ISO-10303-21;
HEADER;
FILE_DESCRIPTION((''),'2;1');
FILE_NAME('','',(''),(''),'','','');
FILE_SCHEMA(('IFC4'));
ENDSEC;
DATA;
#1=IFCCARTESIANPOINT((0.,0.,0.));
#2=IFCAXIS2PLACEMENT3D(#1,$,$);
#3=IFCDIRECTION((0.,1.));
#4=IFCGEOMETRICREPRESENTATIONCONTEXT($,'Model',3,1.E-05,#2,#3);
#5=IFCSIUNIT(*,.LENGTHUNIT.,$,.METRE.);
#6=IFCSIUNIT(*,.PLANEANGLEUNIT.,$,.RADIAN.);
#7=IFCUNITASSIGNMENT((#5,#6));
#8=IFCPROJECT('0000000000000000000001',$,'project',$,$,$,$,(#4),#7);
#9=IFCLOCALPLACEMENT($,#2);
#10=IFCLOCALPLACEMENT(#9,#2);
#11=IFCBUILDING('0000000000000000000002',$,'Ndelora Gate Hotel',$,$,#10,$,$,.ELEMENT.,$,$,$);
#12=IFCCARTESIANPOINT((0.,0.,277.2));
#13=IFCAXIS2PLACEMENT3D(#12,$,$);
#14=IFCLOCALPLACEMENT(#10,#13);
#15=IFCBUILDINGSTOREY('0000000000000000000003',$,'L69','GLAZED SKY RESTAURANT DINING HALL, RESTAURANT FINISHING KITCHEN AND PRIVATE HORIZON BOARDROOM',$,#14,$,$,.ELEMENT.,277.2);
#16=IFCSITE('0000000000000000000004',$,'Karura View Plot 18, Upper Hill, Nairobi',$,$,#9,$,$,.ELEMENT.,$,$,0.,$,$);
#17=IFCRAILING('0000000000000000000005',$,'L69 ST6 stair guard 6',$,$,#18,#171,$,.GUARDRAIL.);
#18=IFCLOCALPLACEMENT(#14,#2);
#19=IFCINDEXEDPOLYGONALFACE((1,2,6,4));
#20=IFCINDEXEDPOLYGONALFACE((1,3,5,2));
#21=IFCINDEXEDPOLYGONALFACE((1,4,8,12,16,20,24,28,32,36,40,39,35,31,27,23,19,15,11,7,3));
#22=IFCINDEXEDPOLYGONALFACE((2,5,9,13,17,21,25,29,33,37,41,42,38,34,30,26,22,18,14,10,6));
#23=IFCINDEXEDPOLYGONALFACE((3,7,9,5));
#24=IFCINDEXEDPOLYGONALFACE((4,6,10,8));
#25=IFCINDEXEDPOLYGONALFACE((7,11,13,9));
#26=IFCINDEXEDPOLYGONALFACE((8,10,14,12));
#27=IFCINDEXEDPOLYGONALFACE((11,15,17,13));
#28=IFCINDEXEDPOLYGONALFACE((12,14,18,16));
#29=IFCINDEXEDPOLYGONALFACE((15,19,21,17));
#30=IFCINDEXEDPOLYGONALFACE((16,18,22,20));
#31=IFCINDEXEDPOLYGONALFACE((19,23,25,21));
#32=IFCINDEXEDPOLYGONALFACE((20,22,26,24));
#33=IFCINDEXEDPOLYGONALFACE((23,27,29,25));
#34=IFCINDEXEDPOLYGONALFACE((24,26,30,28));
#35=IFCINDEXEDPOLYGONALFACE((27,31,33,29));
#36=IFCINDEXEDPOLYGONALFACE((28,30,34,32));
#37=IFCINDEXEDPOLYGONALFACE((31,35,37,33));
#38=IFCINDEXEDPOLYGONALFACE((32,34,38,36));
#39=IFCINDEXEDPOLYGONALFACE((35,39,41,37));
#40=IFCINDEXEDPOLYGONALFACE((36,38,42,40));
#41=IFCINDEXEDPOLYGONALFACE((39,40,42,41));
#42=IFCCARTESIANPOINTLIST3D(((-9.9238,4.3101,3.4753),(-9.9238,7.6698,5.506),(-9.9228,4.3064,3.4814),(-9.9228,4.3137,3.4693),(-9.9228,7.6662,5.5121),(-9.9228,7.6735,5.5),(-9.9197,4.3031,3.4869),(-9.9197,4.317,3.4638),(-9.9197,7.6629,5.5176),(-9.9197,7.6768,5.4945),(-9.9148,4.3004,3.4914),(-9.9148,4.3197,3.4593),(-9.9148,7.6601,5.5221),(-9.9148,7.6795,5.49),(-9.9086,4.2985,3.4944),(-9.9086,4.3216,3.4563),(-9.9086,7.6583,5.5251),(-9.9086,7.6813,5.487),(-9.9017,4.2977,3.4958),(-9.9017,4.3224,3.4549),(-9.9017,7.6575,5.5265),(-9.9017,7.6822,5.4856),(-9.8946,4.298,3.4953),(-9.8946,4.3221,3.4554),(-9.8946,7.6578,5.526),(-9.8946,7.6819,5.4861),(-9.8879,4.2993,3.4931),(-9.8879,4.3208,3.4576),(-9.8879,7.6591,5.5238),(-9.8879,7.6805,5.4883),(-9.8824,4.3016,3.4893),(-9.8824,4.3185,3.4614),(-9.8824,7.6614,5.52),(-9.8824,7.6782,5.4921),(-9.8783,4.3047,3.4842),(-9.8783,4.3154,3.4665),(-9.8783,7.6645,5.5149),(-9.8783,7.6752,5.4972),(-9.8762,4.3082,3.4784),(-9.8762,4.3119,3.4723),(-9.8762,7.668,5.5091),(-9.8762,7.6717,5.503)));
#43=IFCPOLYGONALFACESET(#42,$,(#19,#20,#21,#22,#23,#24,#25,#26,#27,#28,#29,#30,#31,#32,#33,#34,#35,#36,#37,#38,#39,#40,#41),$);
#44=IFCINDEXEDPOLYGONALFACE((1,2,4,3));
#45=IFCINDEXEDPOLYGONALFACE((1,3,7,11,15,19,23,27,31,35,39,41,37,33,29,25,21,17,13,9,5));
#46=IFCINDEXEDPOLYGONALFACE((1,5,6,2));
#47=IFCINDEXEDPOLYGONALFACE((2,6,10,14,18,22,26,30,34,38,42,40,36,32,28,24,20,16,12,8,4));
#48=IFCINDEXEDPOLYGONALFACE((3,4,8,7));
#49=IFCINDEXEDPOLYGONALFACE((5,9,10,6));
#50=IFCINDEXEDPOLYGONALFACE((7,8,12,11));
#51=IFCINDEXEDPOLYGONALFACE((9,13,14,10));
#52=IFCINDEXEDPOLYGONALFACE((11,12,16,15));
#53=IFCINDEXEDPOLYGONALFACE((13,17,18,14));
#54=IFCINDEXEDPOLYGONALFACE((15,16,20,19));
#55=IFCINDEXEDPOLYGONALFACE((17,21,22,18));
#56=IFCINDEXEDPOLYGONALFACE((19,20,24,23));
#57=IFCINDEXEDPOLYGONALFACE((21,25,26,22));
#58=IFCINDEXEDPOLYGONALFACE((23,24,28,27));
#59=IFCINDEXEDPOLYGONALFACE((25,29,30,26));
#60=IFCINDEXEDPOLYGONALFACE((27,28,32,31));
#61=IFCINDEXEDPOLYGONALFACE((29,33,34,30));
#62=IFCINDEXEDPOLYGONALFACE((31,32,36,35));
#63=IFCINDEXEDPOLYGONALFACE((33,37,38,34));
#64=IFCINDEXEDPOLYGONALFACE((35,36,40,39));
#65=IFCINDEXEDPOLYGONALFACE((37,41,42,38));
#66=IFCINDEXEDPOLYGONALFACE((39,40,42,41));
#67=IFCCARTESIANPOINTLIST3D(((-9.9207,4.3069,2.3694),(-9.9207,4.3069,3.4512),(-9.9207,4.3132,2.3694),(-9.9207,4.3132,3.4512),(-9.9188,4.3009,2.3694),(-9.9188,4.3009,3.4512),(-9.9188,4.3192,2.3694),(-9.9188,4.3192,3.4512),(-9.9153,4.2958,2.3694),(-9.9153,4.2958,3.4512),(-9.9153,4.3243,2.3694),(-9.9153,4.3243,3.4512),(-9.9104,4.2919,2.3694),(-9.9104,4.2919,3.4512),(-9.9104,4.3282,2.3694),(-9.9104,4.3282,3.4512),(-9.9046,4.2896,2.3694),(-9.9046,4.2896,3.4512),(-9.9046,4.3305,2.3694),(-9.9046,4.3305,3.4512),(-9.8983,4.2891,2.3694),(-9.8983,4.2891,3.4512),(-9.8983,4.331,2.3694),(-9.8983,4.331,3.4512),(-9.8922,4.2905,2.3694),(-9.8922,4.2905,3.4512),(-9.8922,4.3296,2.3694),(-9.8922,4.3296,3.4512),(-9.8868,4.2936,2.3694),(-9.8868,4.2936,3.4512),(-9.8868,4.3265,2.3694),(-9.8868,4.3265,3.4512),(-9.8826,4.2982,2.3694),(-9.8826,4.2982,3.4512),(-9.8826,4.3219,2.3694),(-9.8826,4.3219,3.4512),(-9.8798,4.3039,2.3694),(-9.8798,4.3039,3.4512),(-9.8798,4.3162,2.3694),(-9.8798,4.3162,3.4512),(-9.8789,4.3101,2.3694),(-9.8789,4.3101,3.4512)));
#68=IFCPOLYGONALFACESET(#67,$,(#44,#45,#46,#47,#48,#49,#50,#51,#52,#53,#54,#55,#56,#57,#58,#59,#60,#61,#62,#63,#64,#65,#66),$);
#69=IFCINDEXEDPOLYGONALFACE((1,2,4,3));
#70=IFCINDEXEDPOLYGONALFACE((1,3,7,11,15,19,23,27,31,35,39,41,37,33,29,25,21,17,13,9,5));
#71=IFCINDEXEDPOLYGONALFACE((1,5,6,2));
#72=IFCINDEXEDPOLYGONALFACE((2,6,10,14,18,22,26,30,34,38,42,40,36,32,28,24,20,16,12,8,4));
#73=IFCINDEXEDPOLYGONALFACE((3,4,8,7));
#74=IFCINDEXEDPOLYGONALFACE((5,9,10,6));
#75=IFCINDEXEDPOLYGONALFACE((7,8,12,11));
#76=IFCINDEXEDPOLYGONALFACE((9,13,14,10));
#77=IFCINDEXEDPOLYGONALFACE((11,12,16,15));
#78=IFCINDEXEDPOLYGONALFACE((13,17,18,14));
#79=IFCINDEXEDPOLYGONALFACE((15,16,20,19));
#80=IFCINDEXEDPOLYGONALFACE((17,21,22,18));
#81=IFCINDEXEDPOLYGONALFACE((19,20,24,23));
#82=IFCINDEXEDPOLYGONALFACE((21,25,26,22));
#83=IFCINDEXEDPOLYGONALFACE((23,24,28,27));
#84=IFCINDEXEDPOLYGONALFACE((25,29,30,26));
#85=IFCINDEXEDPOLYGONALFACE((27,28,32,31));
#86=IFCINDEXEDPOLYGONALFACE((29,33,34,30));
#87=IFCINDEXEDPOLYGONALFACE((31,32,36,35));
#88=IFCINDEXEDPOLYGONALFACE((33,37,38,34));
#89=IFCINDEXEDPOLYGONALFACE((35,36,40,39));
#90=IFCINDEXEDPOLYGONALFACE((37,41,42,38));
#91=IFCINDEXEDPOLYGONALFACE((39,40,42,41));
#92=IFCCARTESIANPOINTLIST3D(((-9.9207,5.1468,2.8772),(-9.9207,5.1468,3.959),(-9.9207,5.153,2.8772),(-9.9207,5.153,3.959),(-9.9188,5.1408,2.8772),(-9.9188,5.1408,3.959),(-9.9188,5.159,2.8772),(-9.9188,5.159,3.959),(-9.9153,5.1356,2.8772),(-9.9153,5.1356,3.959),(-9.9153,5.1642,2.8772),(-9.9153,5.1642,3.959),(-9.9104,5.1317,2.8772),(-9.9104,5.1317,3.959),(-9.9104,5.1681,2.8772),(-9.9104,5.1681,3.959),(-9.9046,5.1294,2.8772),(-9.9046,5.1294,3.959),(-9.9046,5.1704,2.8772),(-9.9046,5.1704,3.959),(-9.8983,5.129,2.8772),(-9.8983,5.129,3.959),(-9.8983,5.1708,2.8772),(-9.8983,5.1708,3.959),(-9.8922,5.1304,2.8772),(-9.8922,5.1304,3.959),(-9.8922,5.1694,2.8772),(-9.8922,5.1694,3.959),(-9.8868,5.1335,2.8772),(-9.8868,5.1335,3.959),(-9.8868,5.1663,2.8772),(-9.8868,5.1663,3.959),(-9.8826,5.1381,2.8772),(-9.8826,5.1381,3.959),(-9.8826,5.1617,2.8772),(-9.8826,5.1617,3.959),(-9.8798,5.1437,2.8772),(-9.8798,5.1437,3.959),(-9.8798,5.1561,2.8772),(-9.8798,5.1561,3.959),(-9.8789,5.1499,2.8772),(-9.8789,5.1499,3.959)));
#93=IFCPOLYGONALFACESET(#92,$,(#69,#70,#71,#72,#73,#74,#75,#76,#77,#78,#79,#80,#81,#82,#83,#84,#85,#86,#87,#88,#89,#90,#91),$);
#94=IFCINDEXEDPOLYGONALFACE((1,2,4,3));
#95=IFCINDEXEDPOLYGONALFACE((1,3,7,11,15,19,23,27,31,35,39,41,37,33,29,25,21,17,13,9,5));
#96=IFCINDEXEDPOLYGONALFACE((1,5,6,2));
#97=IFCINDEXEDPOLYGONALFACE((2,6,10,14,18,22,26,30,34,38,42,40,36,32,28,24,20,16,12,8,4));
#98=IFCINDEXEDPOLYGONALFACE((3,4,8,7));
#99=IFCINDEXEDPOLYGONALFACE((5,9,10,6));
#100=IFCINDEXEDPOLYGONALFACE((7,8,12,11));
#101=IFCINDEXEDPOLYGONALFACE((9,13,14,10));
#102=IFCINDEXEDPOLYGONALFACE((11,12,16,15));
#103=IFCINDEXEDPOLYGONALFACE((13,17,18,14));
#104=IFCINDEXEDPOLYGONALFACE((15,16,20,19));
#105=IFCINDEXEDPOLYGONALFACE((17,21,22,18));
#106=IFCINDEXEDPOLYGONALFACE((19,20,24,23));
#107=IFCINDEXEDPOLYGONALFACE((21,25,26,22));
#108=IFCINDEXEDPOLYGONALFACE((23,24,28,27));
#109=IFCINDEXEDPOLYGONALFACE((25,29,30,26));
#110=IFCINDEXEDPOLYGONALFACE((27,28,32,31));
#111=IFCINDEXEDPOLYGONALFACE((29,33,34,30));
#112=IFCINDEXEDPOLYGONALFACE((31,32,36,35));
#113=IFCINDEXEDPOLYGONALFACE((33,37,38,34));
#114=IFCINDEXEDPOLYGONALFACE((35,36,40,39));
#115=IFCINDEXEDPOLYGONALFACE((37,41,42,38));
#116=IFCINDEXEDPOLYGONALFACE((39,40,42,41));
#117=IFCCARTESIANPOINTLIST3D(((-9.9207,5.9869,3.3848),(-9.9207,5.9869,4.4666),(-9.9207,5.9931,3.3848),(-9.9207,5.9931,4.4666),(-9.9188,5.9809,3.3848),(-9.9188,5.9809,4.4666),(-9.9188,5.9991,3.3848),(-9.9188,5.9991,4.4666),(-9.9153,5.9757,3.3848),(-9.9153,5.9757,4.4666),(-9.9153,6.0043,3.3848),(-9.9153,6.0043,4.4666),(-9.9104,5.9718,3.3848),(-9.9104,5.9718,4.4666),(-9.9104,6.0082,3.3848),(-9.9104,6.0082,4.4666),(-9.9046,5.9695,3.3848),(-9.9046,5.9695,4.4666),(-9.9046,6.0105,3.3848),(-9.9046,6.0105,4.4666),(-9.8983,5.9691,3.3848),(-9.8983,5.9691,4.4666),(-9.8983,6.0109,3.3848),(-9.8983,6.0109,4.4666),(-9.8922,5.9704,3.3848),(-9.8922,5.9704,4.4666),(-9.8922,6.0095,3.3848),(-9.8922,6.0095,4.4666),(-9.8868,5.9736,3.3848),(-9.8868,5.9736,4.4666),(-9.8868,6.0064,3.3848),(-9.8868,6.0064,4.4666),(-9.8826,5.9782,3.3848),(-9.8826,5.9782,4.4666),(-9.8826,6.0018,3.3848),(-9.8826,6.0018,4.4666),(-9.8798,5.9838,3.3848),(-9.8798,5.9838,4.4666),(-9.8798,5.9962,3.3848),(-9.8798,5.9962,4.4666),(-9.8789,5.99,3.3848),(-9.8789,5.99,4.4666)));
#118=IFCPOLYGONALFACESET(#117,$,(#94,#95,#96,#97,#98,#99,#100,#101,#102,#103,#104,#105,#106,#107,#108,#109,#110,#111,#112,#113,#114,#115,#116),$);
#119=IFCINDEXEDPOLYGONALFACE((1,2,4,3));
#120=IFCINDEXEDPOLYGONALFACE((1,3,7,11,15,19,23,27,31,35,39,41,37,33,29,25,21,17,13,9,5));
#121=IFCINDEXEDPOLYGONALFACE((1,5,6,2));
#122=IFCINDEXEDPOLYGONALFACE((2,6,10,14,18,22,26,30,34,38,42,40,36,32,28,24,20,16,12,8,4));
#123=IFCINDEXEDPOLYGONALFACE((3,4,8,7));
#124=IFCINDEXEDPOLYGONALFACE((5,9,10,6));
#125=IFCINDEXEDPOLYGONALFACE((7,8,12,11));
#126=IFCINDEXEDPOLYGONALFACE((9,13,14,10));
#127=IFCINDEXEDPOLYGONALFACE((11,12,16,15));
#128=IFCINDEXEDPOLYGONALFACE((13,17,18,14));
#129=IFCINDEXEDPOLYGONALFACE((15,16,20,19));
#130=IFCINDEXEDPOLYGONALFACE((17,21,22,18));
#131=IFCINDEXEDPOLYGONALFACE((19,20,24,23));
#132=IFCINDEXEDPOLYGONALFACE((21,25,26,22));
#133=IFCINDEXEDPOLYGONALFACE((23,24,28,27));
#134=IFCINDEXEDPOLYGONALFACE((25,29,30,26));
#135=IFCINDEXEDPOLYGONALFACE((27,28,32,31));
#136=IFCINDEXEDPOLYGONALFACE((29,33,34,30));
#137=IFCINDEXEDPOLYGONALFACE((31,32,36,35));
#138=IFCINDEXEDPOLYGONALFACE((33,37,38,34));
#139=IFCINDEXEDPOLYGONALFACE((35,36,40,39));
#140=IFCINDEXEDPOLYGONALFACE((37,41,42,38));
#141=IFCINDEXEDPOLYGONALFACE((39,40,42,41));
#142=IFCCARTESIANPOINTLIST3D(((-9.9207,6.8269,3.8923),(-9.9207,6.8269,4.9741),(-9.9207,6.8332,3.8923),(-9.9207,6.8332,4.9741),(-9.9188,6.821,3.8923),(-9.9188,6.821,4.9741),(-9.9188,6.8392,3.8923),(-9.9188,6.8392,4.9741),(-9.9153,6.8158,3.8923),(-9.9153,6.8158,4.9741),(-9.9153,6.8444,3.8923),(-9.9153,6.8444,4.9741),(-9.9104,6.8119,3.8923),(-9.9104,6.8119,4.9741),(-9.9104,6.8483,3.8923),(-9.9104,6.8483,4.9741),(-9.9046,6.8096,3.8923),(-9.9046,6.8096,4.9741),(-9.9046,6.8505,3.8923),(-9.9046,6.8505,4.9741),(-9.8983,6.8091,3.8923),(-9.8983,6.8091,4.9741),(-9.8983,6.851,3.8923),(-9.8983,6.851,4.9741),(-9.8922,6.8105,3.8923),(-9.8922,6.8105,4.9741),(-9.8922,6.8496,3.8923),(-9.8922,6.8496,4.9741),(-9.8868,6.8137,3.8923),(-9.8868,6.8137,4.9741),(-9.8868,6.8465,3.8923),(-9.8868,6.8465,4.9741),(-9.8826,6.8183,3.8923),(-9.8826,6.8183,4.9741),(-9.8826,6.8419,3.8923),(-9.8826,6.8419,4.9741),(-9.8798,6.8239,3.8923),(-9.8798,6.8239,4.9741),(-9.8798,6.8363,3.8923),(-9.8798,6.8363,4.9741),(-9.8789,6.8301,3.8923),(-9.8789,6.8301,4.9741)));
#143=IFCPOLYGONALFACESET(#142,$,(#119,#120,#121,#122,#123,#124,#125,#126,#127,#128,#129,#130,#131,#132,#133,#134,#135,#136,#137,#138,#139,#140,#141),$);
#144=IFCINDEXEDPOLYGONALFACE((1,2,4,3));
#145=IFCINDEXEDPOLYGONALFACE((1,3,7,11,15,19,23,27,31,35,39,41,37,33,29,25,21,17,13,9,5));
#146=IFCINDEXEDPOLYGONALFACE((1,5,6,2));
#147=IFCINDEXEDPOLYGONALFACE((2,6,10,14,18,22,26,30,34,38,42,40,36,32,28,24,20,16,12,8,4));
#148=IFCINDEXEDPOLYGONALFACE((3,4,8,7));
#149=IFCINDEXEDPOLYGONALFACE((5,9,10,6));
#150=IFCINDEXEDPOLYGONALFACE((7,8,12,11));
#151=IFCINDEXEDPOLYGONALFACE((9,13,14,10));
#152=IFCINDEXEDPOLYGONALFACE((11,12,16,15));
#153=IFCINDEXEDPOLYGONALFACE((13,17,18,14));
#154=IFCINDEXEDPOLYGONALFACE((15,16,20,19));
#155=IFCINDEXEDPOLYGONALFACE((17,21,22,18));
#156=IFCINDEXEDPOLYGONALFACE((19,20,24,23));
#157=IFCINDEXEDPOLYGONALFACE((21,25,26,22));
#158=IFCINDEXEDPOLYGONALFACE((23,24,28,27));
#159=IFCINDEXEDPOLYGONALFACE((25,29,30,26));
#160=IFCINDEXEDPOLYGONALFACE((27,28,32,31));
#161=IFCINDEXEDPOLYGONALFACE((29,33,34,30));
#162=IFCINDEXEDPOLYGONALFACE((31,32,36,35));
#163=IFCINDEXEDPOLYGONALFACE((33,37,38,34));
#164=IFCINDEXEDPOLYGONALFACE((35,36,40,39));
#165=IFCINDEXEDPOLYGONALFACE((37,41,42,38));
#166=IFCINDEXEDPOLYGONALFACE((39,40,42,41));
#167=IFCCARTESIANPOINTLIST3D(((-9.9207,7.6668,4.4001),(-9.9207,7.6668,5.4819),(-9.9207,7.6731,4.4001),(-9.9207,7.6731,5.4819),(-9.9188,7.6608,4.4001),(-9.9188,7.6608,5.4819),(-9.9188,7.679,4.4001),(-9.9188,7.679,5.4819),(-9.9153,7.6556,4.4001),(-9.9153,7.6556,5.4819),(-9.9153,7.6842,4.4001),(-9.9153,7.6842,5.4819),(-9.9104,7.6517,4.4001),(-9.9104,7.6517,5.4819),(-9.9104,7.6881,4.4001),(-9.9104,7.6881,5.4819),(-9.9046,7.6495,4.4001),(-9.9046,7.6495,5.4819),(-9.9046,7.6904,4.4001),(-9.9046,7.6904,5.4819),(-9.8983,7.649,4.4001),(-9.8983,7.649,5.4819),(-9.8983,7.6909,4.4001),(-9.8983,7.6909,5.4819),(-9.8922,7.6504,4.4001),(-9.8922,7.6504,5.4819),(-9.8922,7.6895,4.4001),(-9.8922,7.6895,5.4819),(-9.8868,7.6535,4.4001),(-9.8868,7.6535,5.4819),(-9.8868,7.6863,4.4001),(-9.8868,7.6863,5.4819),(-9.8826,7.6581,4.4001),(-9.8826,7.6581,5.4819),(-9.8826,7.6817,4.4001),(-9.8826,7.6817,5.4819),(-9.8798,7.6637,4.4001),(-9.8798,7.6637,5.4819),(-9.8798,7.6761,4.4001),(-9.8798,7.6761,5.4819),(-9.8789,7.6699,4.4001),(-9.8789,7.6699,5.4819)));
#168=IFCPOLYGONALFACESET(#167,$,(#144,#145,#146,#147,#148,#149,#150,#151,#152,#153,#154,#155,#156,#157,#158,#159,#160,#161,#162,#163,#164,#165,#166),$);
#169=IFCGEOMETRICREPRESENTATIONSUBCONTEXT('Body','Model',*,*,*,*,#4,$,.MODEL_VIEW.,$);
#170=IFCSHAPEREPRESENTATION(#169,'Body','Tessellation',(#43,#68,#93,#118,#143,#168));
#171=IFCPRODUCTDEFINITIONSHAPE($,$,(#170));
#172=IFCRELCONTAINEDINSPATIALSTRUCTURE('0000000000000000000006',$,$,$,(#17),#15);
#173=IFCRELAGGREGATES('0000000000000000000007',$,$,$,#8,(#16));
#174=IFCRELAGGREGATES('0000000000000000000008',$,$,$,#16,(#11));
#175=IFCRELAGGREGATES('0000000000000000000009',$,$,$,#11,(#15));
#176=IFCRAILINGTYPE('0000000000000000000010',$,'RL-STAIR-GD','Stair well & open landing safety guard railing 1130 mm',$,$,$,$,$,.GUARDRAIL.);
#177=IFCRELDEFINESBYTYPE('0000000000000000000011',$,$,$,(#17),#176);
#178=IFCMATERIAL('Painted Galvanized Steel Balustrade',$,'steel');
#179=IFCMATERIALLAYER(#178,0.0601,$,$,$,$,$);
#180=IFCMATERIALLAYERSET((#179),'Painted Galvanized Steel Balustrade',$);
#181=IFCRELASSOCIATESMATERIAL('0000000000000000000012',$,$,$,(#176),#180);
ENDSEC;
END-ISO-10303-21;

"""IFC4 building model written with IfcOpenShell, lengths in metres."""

from ifc_helpers import new_model, si_unit, direction, frame, origin, origin_2d, place, context, subcontext, project, spatial, circle, extrude, material, layer, layer_set, type_object, element, save


model = new_model("IFC4")

# Units and contexts
model_context = context("Model", 3, precision=1e-05, world=origin(), true_north=direction((0.0, 1.0)))
body_context = subcontext(model_context, "Body", "Model", "MODEL_VIEW")
ifc_project = project(units=[si_unit("LENGTHUNIT", "METRE"), si_unit("PLANEANGLEUNIT", "RADIAN")], contexts=[model_context])

# Site, building, storey
site_placement = place(None, origin())
site = spatial("IfcSite", under=ifc_project, at=site_placement, Name="Karura View Plot 18, Upper Hill, Nairobi", CompositionType="ELEMENT", RefElevation=0.0)
building_placement = place(site_placement, origin())
building = spatial("IfcBuilding", under=site, at=building_placement, Name="Ndelora Gate Hotel", CompositionType="ELEMENT")
storey_placement = place(building_placement, frame((0.0, 0.0, 277.2)))
storey = spatial("IfcBuildingStorey", under=building, at=storey_placement, Name="L69", Description="GLAZED SKY RESTAURANT DINING HALL, RESTAURANT FINISHING KITCHEN AND PRIVATE HORIZON BOARDROOM", CompositionType="ELEMENT", Elevation=277.2)

# Railing
ifc_material_1 = material(Name="Painted Galvanized Steel Balustrade", Category="steel")
ifc_layer_1 = layer(ifc_material_1, 0.0601)
ifc_layer_set_1 = layer_set([ifc_layer_1], Name="Painted Galvanized Steel Balustrade")
railing_type_1 = type_object("IfcRailingType", Name="RL-STAIR-GD", Description="Stair well & open landing safety guard railing 1130 mm", PredefinedType="GUARDRAIL", material=ifc_layer_set_1)
railing_1_placement = place(storey_placement, frame((-9.8999, 4.3101, 2.3694)))
element("IfcRailing", 1, at=railing_1_placement, inside=storey, type_object=railing_type_1, Name="L69 ST6 stair guard 6", PredefinedType="GUARDRAIL", context=body_context, shape_type="SweptSolid", body=[
    extrude(circle(Radius=0.0239, at=origin_2d()), frame((0.0, 0.0, 1.106), z_axis=(0.0, 0.85582, 0.517273), x_axis=(-1.0, 0.0, 0.0)), (0.0, 0.0, 1.0), 3.9258),
    extrude(circle(Radius=0.021, at=origin_2d()), origin(), (0.0, 0.0, 1.0), 1.0818),
    extrude(circle(Radius=0.021, at=origin_2d()), frame((0.0, 0.8398, 0.5078)), (0.0, 0.0, 1.0), 1.0818),
    extrude(circle(Radius=0.021, at=origin_2d()), frame((0.0, 1.6799, 1.0154)), (0.0, 0.0, 1.0), 1.0818),
    extrude(circle(Radius=0.021, at=origin_2d()), frame((0.0, 2.52, 1.5229)), (0.0, 0.0, 1.0), 1.0818),
    extrude(circle(Radius=0.021, at=origin_2d()), frame((0.0, 3.3599, 2.0308)), (0.0, 0.0, 1.0), 1.0818),
])

save(model, "model.ifc")
